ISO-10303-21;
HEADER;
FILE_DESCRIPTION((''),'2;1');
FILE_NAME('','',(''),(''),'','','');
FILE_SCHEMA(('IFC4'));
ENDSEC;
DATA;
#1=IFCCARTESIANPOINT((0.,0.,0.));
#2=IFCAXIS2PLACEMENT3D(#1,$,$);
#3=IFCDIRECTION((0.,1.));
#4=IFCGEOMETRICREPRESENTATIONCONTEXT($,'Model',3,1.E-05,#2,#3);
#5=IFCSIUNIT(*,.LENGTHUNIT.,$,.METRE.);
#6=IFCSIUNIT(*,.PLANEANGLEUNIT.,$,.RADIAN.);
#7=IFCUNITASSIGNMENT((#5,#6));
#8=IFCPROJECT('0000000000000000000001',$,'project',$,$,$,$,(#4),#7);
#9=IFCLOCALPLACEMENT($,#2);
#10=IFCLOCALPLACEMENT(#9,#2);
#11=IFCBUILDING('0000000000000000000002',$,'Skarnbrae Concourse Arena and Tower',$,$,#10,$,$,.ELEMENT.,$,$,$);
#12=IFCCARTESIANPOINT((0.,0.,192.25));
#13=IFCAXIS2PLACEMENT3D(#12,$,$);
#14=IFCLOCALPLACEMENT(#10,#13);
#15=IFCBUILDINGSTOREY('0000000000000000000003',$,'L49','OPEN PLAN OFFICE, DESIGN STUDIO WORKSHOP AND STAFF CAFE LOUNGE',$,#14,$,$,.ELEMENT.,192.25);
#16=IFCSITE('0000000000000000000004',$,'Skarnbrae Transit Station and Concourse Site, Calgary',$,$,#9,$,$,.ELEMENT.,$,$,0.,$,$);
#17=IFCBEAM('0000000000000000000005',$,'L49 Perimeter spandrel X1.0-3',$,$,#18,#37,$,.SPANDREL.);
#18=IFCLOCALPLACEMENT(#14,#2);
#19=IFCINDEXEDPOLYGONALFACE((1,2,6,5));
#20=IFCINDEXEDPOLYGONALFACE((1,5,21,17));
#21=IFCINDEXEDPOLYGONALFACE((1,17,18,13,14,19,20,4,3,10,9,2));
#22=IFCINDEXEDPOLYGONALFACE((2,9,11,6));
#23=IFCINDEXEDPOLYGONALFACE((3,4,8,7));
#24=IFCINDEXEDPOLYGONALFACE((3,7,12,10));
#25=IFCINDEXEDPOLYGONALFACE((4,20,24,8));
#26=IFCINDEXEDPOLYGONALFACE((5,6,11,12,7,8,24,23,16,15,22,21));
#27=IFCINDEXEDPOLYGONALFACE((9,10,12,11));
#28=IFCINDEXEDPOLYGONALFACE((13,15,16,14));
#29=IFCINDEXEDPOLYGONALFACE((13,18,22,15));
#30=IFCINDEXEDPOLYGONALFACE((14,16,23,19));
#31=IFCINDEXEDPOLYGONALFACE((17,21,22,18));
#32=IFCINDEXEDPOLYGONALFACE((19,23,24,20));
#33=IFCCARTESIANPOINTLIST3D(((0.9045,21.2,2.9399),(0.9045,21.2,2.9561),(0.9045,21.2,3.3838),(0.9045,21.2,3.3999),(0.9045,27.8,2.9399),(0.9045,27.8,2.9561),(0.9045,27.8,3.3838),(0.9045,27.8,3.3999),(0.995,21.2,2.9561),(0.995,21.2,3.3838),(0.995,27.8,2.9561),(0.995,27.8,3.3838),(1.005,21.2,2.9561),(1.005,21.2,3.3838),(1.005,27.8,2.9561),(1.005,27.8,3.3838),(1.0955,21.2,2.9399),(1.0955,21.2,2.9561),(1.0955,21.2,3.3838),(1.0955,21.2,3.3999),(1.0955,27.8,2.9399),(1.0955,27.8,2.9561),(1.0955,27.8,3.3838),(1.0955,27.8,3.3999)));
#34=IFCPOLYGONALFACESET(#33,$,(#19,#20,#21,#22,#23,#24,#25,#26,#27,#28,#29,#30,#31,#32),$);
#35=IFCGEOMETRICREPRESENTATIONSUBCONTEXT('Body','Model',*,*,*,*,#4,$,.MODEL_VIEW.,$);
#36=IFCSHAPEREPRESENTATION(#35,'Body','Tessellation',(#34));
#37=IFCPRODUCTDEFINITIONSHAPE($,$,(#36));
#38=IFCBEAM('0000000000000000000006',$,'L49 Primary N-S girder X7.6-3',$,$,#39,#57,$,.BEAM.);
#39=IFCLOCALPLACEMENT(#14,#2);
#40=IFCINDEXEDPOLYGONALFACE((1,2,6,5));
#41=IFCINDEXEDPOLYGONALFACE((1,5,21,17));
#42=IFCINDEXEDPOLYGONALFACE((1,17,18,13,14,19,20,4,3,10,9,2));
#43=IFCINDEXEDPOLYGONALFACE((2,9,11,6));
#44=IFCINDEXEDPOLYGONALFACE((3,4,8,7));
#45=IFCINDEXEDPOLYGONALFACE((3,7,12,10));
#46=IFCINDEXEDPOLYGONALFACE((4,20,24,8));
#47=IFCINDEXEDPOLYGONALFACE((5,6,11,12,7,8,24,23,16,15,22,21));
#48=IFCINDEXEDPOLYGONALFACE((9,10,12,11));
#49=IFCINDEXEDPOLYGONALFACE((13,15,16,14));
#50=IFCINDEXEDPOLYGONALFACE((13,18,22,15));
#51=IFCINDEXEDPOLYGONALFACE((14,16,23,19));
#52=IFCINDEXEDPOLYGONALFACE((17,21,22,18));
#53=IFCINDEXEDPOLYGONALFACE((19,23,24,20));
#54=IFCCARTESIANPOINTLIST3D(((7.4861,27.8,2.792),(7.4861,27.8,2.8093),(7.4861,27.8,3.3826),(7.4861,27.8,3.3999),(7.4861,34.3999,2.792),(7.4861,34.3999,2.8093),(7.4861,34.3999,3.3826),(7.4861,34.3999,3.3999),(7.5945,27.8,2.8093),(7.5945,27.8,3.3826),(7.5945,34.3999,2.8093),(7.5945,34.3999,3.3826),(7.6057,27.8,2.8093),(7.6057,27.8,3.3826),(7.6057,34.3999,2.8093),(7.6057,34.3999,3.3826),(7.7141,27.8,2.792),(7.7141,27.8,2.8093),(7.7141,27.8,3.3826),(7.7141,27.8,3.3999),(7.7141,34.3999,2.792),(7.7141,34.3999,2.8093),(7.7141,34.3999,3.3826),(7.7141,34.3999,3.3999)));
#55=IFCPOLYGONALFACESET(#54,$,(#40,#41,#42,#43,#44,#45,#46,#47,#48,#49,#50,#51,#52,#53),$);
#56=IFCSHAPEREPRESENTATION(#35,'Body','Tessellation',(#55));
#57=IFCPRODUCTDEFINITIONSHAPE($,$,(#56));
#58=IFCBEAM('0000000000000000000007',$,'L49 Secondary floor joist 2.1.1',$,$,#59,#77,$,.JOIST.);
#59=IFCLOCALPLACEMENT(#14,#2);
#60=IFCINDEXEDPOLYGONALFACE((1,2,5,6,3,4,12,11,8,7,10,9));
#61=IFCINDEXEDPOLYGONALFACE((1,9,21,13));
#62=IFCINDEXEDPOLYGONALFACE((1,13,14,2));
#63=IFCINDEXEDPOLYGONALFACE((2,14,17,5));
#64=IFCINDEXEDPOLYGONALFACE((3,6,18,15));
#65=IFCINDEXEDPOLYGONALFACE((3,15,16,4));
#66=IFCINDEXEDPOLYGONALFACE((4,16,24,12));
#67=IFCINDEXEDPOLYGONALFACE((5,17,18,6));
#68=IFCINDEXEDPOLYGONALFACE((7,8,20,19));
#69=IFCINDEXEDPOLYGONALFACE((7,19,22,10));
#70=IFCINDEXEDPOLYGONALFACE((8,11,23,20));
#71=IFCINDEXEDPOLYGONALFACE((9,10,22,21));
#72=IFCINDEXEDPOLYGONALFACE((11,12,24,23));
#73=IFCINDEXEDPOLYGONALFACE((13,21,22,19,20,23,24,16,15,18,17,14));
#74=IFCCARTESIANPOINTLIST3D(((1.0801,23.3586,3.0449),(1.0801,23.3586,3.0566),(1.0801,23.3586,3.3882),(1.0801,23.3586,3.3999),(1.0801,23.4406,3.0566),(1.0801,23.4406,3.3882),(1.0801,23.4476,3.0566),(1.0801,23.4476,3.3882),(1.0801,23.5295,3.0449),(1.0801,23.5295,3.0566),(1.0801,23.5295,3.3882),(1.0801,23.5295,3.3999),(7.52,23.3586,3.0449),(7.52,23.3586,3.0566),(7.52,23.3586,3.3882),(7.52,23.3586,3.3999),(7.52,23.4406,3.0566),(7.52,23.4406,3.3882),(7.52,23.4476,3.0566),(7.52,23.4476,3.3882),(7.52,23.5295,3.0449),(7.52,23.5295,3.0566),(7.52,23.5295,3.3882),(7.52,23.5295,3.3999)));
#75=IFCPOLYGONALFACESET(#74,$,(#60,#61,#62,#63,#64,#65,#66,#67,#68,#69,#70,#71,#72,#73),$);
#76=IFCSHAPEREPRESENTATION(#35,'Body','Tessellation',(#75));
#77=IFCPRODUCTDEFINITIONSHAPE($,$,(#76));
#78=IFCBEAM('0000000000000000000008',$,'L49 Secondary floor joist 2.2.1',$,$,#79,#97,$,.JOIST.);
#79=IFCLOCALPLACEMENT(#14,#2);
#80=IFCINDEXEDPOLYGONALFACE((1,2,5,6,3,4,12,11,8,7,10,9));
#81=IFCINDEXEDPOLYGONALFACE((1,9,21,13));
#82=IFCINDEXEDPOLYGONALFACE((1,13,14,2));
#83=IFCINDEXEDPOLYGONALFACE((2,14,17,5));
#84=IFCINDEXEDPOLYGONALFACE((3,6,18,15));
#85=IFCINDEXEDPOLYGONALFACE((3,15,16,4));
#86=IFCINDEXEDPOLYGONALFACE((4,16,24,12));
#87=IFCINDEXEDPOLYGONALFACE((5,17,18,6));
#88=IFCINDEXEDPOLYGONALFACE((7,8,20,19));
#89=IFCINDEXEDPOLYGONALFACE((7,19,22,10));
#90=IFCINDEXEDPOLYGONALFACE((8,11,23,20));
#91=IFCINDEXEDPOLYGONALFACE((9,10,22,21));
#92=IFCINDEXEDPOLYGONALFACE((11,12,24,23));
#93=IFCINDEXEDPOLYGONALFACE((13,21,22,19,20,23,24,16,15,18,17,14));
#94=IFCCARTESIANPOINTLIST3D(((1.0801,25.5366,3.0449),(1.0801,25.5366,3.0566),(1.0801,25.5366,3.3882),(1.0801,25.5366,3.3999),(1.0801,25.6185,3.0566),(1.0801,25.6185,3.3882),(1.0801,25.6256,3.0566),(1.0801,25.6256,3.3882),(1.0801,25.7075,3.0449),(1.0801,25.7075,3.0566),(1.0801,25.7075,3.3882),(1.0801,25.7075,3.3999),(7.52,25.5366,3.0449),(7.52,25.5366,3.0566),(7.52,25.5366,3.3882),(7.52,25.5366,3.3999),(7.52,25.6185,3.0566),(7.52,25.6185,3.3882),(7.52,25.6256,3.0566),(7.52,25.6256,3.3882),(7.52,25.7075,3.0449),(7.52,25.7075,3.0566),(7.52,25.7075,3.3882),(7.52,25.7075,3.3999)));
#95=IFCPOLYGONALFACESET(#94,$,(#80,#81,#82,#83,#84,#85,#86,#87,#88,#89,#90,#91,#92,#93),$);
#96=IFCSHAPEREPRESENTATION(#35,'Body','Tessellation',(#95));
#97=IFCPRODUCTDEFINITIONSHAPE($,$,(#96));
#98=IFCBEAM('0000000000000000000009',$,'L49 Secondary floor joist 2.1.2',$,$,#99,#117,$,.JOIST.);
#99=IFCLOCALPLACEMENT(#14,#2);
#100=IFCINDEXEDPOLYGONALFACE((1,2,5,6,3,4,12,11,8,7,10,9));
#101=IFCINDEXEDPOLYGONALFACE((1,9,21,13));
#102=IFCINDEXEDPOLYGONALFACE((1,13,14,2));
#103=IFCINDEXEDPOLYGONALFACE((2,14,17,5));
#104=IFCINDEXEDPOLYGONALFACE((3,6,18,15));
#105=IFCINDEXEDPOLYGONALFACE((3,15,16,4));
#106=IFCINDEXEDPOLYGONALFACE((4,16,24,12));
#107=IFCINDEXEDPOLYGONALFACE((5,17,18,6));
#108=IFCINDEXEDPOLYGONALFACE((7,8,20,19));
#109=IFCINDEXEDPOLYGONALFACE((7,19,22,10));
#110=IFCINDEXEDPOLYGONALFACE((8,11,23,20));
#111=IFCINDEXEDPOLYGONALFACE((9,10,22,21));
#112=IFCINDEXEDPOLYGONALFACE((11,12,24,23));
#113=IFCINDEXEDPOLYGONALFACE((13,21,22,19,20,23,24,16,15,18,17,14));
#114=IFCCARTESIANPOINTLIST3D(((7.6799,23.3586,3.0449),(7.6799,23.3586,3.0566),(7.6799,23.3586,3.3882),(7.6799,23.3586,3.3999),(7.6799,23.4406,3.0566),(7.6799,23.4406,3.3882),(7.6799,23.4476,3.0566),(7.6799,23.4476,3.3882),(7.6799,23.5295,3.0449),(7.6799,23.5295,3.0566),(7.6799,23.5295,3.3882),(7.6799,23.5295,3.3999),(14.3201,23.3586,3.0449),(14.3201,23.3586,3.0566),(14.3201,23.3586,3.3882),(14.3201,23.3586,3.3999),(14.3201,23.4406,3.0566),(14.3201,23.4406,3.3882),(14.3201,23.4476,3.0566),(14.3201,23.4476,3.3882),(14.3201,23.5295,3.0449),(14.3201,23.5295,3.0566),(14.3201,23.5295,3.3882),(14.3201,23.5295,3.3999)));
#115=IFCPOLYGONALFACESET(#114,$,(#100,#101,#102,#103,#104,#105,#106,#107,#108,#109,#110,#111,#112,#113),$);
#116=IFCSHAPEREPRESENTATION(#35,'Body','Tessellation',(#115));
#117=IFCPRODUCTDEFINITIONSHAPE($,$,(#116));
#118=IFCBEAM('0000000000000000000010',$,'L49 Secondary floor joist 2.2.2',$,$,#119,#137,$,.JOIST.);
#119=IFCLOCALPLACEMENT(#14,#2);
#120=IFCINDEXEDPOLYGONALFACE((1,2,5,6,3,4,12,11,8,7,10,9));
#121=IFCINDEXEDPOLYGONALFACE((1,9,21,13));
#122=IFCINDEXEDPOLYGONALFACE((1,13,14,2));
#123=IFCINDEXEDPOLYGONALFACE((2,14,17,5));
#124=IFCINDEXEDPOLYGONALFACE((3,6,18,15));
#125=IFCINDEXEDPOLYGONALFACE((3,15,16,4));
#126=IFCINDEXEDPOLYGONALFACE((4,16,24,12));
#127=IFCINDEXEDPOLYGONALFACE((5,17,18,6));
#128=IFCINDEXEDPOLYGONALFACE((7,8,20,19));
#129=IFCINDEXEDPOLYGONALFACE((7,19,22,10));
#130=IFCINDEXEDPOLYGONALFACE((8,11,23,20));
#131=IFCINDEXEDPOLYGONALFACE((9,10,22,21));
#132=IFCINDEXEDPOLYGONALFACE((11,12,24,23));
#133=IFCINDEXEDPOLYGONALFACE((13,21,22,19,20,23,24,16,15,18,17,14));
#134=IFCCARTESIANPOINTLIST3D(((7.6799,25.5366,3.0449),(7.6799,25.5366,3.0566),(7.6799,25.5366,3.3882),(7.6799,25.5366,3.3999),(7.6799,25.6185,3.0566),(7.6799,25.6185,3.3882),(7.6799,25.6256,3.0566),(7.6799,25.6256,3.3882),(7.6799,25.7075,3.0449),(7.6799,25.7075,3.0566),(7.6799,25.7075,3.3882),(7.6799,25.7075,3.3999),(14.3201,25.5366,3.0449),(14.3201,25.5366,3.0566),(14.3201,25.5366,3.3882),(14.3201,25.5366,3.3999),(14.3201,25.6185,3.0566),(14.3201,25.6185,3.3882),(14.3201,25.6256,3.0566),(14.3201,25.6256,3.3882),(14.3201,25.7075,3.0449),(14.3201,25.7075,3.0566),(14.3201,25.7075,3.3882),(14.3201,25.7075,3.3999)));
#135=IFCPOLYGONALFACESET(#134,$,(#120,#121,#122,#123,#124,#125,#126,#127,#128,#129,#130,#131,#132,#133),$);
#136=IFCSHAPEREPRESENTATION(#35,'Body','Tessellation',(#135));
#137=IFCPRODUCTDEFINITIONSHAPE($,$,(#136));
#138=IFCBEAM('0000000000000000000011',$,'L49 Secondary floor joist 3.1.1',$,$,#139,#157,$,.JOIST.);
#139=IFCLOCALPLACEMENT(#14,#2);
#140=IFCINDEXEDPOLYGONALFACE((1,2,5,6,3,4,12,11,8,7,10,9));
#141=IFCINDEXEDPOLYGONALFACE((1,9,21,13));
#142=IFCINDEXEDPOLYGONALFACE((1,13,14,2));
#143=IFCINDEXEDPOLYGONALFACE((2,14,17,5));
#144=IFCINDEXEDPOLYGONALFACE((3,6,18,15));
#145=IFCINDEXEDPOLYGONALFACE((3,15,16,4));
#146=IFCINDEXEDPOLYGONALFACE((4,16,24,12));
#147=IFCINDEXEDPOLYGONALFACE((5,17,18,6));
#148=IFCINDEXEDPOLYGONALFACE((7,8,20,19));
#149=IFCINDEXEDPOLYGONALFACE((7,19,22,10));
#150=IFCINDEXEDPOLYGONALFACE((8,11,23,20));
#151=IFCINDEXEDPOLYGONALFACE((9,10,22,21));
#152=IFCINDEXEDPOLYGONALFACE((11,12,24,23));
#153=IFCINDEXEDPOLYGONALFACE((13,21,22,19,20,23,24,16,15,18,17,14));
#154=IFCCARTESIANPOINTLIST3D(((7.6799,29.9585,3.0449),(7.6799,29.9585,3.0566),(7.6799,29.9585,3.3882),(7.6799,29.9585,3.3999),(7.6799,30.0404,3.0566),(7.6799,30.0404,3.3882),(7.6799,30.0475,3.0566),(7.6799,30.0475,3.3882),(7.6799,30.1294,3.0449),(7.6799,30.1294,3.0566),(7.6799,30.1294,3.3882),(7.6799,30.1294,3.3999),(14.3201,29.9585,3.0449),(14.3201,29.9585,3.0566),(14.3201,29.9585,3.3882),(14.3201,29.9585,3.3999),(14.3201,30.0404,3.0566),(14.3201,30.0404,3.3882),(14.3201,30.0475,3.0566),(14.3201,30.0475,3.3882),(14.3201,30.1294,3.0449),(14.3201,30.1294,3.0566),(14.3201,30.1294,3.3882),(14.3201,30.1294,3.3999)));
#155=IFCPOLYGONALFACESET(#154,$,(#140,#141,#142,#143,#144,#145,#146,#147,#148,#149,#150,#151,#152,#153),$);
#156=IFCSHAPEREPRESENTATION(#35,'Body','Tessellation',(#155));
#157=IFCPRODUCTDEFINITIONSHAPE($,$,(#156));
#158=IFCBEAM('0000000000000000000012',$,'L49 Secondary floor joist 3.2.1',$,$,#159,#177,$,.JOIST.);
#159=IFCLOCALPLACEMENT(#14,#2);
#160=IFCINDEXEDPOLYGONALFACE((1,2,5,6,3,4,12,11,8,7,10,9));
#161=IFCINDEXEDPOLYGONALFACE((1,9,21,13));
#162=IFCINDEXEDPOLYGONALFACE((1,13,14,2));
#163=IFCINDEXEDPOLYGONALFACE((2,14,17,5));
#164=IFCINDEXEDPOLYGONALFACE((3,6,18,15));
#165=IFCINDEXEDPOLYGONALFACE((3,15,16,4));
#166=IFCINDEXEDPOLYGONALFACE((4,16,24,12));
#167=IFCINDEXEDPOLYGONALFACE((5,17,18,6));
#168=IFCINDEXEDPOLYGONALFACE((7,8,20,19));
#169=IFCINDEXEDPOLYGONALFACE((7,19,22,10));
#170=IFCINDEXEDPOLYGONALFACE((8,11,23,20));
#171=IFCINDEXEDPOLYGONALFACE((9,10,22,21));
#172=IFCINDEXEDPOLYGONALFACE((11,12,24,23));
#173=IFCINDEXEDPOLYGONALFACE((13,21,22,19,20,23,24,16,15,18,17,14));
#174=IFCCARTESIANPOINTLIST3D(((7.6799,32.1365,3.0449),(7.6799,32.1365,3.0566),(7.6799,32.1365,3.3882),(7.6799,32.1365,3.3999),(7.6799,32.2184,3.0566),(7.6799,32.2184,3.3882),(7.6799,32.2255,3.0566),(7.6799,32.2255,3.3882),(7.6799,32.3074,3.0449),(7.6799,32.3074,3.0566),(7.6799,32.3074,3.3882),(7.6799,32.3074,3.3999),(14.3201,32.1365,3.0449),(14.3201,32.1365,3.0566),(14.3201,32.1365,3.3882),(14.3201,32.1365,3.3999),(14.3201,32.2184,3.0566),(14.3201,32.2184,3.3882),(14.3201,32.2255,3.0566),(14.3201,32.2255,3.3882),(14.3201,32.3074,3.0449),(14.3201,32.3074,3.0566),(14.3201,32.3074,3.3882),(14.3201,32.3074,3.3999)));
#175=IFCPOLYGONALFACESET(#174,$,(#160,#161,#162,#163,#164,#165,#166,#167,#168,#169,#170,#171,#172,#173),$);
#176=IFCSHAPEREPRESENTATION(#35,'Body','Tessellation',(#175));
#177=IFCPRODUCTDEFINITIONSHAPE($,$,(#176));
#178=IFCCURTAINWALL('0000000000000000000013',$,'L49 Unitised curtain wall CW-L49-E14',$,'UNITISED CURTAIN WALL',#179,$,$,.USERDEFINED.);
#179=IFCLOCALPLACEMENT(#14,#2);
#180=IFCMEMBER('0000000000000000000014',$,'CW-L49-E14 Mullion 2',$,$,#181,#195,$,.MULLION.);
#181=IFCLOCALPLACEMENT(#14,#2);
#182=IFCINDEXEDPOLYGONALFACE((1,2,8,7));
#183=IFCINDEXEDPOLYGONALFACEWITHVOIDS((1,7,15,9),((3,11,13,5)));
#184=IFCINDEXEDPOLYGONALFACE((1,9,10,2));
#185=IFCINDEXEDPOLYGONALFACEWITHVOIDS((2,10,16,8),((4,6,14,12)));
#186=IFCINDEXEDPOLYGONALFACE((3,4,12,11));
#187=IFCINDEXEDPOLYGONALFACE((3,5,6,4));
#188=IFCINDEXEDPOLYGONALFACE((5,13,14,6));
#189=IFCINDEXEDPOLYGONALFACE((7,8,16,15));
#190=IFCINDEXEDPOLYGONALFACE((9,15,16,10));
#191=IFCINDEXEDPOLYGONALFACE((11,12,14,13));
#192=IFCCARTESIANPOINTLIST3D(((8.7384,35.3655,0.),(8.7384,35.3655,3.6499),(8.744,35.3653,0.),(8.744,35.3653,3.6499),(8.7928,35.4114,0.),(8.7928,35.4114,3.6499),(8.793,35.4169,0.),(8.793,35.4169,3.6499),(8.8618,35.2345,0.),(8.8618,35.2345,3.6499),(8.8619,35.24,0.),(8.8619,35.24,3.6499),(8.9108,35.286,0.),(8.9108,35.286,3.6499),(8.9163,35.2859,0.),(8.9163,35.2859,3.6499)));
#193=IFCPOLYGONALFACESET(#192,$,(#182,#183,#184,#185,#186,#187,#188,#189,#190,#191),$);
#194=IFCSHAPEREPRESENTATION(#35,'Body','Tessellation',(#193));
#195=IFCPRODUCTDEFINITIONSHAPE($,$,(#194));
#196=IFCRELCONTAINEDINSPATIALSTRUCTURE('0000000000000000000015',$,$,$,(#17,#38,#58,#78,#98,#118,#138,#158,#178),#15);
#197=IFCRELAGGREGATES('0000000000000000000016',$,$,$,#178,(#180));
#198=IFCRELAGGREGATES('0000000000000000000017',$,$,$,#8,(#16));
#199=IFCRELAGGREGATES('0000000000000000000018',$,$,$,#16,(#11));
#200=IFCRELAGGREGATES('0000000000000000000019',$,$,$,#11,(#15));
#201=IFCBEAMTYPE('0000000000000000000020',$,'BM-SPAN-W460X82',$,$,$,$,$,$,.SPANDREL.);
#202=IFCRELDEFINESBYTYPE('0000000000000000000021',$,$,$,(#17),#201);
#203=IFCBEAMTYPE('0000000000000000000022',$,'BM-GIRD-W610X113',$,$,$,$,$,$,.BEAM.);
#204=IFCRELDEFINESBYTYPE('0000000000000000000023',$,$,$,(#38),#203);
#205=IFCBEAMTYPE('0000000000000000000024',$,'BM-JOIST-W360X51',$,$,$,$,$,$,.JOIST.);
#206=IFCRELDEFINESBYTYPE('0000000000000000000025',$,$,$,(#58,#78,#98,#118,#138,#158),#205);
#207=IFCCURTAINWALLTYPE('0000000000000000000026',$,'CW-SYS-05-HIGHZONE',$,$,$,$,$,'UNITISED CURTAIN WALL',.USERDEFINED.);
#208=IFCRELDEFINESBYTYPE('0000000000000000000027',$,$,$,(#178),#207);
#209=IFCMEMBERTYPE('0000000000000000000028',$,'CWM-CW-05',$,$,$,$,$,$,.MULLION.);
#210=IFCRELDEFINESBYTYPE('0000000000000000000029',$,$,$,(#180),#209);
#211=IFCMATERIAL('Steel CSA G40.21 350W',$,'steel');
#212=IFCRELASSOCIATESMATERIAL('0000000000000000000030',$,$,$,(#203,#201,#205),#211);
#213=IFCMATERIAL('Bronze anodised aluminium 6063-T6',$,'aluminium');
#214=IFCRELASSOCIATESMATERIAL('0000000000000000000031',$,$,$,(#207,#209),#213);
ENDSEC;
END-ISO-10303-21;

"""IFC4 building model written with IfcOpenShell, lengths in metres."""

from ifc_helpers import new_model, si_unit, direction, frame, origin, origin_2d, place, context, subcontext, project, spatial, hollow_rectangle, i_section, extrude, source, transform, mapped, material, material_profile, profile_set, type_object, element, aggregate, save


model = new_model("IFC4")

# Units and contexts
model_context = context("Model", 3, precision=1e-05, world=origin(), true_north=direction((0.0, 1.0)))
body_context = subcontext(model_context, "Body", "Model", "MODEL_VIEW")
ifc_project = project(units=[si_unit("LENGTHUNIT", "METRE"), si_unit("PLANEANGLEUNIT", "RADIAN")], contexts=[model_context])

# Site, building, storey
site_placement = place(None, origin())
site = spatial("IfcSite", under=ifc_project, at=site_placement, Name="Skarnbrae Transit Station and Concourse Site, Calgary", CompositionType="ELEMENT", RefElevation=0.0)
building_placement = place(site_placement, origin())
building = spatial("IfcBuilding", under=site, at=building_placement, Name="Skarnbrae Concourse Arena and Tower", CompositionType="ELEMENT")
storey_placement = place(building_placement, frame((0.0, 0.0, 192.25)))
storey = spatial("IfcBuildingStorey", under=building, at=storey_placement, Name="L49", Description="OPEN PLAN OFFICE, DESIGN STUDIO WORKSHOP AND STAFF CAFE LOUNGE", CompositionType="ELEMENT", Elevation=192.25)

# Shared definitions
ifc_material_1 = material(Name="Steel CSA G40.21 350W", Category="steel")

# Beams
ifc_material_profile_1 = material_profile(ifc_material_1, i_section(OverallWidth=0.228, OverallDepth=0.6079, WebThickness=0.0112, FlangeThickness=0.0173, at=origin_2d()), Name="W610X113")
ifc_profile_set_1 = profile_set([ifc_material_profile_1], Name="Steel CSA G40.21 350W")
beam_type_1 = type_object("IfcBeamType", Name="BM-GIRD-W610X113", PredefinedType="BEAM", material=ifc_profile_set_1)
ifc_material_profile_2 = material_profile(ifc_material_1, i_section(OverallWidth=0.1909, OverallDepth=0.46, WebThickness=0.01, FlangeThickness=0.0161, at=origin_2d()), Name="W460X82")
ifc_profile_set_2 = profile_set([ifc_material_profile_2], Name="Steel CSA G40.21 350W")
beam_type_2 = type_object("IfcBeamType", Name="BM-SPAN-W460X82", PredefinedType="SPANDREL", material=ifc_profile_set_2)
shared_shape_1 = source(origin(), body_context, "Body", "SweptSolid", [
    extrude(i_section(OverallWidth=0.1909, OverallDepth=0.46, WebThickness=0.01, FlangeThickness=0.0161, at=origin_2d()), origin(), (0.0, 0.0, 1.0), 6.6001),
])
beam_1_placement = place(storey_placement, frame((1.0, 21.2, 3.1699), z_axis=(0.0, 1.0, 0.0), x_axis=(-1.0, 0.0, 0.0)))
element("IfcBeam", 1, at=beam_1_placement, inside=storey, type_object=beam_type_2, Name="L49 Perimeter spandrel X1.0-3", PredefinedType="SPANDREL", context=body_context, shape_type="MappedRepresentation", body=[
    mapped(shared_shape_1, transform((0.0, 0.0, 0.0))),
])
shared_shape_2 = source(origin(), body_context, "Body", "SweptSolid", [
    extrude(i_section(OverallWidth=0.228, OverallDepth=0.6079, WebThickness=0.0112, FlangeThickness=0.0173, at=origin_2d()), origin(), (0.0, 0.0, 1.0), 6.5999),
])
beam_2_placement = place(storey_placement, frame((7.6001, 27.8, 3.0959), z_axis=(0.0, 1.0, 0.0), x_axis=(-1.0, 0.0, 0.0)))
element("IfcBeam", 2, at=beam_2_placement, inside=storey, type_object=beam_type_1, Name="L49 Primary N-S girder X7.6-3", PredefinedType="BEAM", context=body_context, shape_type="MappedRepresentation", body=[
    mapped(shared_shape_2, transform((0.0, 0.0, 0.0))),
])
ifc_material_profile_3 = material_profile(ifc_material_1, i_section(OverallWidth=0.1709, OverallDepth=0.355, WebThickness=0.0071, FlangeThickness=0.0117, at=origin_2d()), Name="W360X51")
ifc_profile_set_3 = profile_set([ifc_material_profile_3], Name="Steel CSA G40.21 350W")
beam_type_3 = type_object("IfcBeamType", Name="BM-JOIST-W360X51", PredefinedType="JOIST", material=ifc_profile_set_3)
shared_shape_3 = source(origin(), body_context, "Body", "SweptSolid", [
    extrude(i_section(OverallWidth=0.1709, OverallDepth=0.355, WebThickness=0.0071, FlangeThickness=0.0117, at=origin_2d()), origin(), (0.0, 0.0, 1.0), 6.4399),
])
for number, where, z_axis, x_axis, name in (
    (3, (1.0801, 23.4441, 3.2224), (1.0, 0.0, 0.0), (0.0, 1.0, 0.0), "L49 Secondary floor joist 2.1.1"),
    (4, (1.0801, 25.6221, 3.2224), (1.0, 0.0, 0.0), (0.0, 1.0, 0.0), "L49 Secondary floor joist 2.2.1"),
):
    element("IfcBeam", number, at=place(storey_placement, frame(where, z_axis=z_axis, x_axis=x_axis)), inside=storey, type_object=beam_type_3, Name=name, PredefinedType="JOIST", context=body_context, shape_type="MappedRepresentation", body=[
        mapped(shared_shape_3, transform((0.0, 0.0, 0.0))),
    ])
shared_shape_4 = source(origin(), body_context, "Body", "SweptSolid", [
    extrude(i_section(OverallWidth=0.1709, OverallDepth=0.355, WebThickness=0.0071, FlangeThickness=0.0117, at=origin_2d()), origin(), (0.0, 0.0, 1.0), 6.6401),
])
for number, where, z_axis, x_axis, name in (
    (5, (7.6799, 23.4441, 3.2224), (1.0, 0.0, 0.0), (0.0, 1.0, 0.0), "L49 Secondary floor joist 2.1.2"),
    (6, (7.6799, 25.6221, 3.2224), (1.0, 0.0, 0.0), (0.0, 1.0, 0.0), "L49 Secondary floor joist 2.2.2"),
    (7, (7.6799, 30.0439, 3.2224), (1.0, 0.0, 0.0), (0.0, 1.0, 0.0), "L49 Secondary floor joist 3.1.1"),
    (8, (7.6799, 32.2219, 3.2224), (1.0, 0.0, 0.0), (0.0, 1.0, 0.0), "L49 Secondary floor joist 3.2.1"),
):
    element("IfcBeam", number, at=place(storey_placement, frame(where, z_axis=z_axis, x_axis=x_axis)), inside=storey, type_object=beam_type_3, Name=name, PredefinedType="JOIST", context=body_context, shape_type="MappedRepresentation", body=[
        mapped(shared_shape_4, transform((0.0, 0.0, 0.0))),
    ])

# Curtain wall, member
ifc_material_2 = material(Name="Bronze anodised aluminium 6063-T6", Category="aluminium")
curtain_wall_type = type_object("IfcCurtainWallType", Name="CW-SYS-05-HIGHZONE", ElementType="UNITISED CURTAIN WALL", PredefinedType="USERDEFINED", material=ifc_material_2)
curtain_wall_1_placement = place(storey_placement, origin())
curtain_wall_1 = element("IfcCurtainWall", 9, at=curtain_wall_1_placement, inside=storey, type_object=curtain_wall_type, Name="L49 Unitised curtain wall CW-L49-E14", ObjectType="UNITISED CURTAIN WALL", PredefinedType="USERDEFINED")
ifc_material_profile_4 = material_profile(ifc_material_2, hollow_rectangle(XDim=0.075, YDim=0.1799, WallThickness=0.0039, at=origin_2d()), Name="ALU-MULL-75X180")
ifc_profile_set_4 = profile_set([ifc_material_profile_4], Name="Bronze anodised aluminium 6063-T6")
member_type_1 = type_object("IfcMemberType", Name="CWM-CW-05", PredefinedType="MULLION", material=ifc_profile_set_4)
shared_shape_5 = source(origin(), body_context, "Body", "SweptSolid", [
    extrude(hollow_rectangle(XDim=0.075, YDim=0.1799, WallThickness=0.0039, at=origin_2d()), origin(), (0.0, 0.0, 1.0), 3.6499),
])
member_1_placement = place(storey_placement, frame((8.8274, 35.3257, 0.0), z_axis=(0.0, 0.0, 1.0), x_axis=(-0.728131, -0.685438, 0.0)))
member_1 = element("IfcMember", 10, at=member_1_placement, type_object=member_type_1, Name="CW-L49-E14 Mullion 2", PredefinedType="MULLION", context=body_context, shape_type="MappedRepresentation", body=[
    mapped(shared_shape_5, transform((0.0, 0.0, 0.0))),
])

aggregate(curtain_wall_1, [member_1])

save(model, "model.ifc")
